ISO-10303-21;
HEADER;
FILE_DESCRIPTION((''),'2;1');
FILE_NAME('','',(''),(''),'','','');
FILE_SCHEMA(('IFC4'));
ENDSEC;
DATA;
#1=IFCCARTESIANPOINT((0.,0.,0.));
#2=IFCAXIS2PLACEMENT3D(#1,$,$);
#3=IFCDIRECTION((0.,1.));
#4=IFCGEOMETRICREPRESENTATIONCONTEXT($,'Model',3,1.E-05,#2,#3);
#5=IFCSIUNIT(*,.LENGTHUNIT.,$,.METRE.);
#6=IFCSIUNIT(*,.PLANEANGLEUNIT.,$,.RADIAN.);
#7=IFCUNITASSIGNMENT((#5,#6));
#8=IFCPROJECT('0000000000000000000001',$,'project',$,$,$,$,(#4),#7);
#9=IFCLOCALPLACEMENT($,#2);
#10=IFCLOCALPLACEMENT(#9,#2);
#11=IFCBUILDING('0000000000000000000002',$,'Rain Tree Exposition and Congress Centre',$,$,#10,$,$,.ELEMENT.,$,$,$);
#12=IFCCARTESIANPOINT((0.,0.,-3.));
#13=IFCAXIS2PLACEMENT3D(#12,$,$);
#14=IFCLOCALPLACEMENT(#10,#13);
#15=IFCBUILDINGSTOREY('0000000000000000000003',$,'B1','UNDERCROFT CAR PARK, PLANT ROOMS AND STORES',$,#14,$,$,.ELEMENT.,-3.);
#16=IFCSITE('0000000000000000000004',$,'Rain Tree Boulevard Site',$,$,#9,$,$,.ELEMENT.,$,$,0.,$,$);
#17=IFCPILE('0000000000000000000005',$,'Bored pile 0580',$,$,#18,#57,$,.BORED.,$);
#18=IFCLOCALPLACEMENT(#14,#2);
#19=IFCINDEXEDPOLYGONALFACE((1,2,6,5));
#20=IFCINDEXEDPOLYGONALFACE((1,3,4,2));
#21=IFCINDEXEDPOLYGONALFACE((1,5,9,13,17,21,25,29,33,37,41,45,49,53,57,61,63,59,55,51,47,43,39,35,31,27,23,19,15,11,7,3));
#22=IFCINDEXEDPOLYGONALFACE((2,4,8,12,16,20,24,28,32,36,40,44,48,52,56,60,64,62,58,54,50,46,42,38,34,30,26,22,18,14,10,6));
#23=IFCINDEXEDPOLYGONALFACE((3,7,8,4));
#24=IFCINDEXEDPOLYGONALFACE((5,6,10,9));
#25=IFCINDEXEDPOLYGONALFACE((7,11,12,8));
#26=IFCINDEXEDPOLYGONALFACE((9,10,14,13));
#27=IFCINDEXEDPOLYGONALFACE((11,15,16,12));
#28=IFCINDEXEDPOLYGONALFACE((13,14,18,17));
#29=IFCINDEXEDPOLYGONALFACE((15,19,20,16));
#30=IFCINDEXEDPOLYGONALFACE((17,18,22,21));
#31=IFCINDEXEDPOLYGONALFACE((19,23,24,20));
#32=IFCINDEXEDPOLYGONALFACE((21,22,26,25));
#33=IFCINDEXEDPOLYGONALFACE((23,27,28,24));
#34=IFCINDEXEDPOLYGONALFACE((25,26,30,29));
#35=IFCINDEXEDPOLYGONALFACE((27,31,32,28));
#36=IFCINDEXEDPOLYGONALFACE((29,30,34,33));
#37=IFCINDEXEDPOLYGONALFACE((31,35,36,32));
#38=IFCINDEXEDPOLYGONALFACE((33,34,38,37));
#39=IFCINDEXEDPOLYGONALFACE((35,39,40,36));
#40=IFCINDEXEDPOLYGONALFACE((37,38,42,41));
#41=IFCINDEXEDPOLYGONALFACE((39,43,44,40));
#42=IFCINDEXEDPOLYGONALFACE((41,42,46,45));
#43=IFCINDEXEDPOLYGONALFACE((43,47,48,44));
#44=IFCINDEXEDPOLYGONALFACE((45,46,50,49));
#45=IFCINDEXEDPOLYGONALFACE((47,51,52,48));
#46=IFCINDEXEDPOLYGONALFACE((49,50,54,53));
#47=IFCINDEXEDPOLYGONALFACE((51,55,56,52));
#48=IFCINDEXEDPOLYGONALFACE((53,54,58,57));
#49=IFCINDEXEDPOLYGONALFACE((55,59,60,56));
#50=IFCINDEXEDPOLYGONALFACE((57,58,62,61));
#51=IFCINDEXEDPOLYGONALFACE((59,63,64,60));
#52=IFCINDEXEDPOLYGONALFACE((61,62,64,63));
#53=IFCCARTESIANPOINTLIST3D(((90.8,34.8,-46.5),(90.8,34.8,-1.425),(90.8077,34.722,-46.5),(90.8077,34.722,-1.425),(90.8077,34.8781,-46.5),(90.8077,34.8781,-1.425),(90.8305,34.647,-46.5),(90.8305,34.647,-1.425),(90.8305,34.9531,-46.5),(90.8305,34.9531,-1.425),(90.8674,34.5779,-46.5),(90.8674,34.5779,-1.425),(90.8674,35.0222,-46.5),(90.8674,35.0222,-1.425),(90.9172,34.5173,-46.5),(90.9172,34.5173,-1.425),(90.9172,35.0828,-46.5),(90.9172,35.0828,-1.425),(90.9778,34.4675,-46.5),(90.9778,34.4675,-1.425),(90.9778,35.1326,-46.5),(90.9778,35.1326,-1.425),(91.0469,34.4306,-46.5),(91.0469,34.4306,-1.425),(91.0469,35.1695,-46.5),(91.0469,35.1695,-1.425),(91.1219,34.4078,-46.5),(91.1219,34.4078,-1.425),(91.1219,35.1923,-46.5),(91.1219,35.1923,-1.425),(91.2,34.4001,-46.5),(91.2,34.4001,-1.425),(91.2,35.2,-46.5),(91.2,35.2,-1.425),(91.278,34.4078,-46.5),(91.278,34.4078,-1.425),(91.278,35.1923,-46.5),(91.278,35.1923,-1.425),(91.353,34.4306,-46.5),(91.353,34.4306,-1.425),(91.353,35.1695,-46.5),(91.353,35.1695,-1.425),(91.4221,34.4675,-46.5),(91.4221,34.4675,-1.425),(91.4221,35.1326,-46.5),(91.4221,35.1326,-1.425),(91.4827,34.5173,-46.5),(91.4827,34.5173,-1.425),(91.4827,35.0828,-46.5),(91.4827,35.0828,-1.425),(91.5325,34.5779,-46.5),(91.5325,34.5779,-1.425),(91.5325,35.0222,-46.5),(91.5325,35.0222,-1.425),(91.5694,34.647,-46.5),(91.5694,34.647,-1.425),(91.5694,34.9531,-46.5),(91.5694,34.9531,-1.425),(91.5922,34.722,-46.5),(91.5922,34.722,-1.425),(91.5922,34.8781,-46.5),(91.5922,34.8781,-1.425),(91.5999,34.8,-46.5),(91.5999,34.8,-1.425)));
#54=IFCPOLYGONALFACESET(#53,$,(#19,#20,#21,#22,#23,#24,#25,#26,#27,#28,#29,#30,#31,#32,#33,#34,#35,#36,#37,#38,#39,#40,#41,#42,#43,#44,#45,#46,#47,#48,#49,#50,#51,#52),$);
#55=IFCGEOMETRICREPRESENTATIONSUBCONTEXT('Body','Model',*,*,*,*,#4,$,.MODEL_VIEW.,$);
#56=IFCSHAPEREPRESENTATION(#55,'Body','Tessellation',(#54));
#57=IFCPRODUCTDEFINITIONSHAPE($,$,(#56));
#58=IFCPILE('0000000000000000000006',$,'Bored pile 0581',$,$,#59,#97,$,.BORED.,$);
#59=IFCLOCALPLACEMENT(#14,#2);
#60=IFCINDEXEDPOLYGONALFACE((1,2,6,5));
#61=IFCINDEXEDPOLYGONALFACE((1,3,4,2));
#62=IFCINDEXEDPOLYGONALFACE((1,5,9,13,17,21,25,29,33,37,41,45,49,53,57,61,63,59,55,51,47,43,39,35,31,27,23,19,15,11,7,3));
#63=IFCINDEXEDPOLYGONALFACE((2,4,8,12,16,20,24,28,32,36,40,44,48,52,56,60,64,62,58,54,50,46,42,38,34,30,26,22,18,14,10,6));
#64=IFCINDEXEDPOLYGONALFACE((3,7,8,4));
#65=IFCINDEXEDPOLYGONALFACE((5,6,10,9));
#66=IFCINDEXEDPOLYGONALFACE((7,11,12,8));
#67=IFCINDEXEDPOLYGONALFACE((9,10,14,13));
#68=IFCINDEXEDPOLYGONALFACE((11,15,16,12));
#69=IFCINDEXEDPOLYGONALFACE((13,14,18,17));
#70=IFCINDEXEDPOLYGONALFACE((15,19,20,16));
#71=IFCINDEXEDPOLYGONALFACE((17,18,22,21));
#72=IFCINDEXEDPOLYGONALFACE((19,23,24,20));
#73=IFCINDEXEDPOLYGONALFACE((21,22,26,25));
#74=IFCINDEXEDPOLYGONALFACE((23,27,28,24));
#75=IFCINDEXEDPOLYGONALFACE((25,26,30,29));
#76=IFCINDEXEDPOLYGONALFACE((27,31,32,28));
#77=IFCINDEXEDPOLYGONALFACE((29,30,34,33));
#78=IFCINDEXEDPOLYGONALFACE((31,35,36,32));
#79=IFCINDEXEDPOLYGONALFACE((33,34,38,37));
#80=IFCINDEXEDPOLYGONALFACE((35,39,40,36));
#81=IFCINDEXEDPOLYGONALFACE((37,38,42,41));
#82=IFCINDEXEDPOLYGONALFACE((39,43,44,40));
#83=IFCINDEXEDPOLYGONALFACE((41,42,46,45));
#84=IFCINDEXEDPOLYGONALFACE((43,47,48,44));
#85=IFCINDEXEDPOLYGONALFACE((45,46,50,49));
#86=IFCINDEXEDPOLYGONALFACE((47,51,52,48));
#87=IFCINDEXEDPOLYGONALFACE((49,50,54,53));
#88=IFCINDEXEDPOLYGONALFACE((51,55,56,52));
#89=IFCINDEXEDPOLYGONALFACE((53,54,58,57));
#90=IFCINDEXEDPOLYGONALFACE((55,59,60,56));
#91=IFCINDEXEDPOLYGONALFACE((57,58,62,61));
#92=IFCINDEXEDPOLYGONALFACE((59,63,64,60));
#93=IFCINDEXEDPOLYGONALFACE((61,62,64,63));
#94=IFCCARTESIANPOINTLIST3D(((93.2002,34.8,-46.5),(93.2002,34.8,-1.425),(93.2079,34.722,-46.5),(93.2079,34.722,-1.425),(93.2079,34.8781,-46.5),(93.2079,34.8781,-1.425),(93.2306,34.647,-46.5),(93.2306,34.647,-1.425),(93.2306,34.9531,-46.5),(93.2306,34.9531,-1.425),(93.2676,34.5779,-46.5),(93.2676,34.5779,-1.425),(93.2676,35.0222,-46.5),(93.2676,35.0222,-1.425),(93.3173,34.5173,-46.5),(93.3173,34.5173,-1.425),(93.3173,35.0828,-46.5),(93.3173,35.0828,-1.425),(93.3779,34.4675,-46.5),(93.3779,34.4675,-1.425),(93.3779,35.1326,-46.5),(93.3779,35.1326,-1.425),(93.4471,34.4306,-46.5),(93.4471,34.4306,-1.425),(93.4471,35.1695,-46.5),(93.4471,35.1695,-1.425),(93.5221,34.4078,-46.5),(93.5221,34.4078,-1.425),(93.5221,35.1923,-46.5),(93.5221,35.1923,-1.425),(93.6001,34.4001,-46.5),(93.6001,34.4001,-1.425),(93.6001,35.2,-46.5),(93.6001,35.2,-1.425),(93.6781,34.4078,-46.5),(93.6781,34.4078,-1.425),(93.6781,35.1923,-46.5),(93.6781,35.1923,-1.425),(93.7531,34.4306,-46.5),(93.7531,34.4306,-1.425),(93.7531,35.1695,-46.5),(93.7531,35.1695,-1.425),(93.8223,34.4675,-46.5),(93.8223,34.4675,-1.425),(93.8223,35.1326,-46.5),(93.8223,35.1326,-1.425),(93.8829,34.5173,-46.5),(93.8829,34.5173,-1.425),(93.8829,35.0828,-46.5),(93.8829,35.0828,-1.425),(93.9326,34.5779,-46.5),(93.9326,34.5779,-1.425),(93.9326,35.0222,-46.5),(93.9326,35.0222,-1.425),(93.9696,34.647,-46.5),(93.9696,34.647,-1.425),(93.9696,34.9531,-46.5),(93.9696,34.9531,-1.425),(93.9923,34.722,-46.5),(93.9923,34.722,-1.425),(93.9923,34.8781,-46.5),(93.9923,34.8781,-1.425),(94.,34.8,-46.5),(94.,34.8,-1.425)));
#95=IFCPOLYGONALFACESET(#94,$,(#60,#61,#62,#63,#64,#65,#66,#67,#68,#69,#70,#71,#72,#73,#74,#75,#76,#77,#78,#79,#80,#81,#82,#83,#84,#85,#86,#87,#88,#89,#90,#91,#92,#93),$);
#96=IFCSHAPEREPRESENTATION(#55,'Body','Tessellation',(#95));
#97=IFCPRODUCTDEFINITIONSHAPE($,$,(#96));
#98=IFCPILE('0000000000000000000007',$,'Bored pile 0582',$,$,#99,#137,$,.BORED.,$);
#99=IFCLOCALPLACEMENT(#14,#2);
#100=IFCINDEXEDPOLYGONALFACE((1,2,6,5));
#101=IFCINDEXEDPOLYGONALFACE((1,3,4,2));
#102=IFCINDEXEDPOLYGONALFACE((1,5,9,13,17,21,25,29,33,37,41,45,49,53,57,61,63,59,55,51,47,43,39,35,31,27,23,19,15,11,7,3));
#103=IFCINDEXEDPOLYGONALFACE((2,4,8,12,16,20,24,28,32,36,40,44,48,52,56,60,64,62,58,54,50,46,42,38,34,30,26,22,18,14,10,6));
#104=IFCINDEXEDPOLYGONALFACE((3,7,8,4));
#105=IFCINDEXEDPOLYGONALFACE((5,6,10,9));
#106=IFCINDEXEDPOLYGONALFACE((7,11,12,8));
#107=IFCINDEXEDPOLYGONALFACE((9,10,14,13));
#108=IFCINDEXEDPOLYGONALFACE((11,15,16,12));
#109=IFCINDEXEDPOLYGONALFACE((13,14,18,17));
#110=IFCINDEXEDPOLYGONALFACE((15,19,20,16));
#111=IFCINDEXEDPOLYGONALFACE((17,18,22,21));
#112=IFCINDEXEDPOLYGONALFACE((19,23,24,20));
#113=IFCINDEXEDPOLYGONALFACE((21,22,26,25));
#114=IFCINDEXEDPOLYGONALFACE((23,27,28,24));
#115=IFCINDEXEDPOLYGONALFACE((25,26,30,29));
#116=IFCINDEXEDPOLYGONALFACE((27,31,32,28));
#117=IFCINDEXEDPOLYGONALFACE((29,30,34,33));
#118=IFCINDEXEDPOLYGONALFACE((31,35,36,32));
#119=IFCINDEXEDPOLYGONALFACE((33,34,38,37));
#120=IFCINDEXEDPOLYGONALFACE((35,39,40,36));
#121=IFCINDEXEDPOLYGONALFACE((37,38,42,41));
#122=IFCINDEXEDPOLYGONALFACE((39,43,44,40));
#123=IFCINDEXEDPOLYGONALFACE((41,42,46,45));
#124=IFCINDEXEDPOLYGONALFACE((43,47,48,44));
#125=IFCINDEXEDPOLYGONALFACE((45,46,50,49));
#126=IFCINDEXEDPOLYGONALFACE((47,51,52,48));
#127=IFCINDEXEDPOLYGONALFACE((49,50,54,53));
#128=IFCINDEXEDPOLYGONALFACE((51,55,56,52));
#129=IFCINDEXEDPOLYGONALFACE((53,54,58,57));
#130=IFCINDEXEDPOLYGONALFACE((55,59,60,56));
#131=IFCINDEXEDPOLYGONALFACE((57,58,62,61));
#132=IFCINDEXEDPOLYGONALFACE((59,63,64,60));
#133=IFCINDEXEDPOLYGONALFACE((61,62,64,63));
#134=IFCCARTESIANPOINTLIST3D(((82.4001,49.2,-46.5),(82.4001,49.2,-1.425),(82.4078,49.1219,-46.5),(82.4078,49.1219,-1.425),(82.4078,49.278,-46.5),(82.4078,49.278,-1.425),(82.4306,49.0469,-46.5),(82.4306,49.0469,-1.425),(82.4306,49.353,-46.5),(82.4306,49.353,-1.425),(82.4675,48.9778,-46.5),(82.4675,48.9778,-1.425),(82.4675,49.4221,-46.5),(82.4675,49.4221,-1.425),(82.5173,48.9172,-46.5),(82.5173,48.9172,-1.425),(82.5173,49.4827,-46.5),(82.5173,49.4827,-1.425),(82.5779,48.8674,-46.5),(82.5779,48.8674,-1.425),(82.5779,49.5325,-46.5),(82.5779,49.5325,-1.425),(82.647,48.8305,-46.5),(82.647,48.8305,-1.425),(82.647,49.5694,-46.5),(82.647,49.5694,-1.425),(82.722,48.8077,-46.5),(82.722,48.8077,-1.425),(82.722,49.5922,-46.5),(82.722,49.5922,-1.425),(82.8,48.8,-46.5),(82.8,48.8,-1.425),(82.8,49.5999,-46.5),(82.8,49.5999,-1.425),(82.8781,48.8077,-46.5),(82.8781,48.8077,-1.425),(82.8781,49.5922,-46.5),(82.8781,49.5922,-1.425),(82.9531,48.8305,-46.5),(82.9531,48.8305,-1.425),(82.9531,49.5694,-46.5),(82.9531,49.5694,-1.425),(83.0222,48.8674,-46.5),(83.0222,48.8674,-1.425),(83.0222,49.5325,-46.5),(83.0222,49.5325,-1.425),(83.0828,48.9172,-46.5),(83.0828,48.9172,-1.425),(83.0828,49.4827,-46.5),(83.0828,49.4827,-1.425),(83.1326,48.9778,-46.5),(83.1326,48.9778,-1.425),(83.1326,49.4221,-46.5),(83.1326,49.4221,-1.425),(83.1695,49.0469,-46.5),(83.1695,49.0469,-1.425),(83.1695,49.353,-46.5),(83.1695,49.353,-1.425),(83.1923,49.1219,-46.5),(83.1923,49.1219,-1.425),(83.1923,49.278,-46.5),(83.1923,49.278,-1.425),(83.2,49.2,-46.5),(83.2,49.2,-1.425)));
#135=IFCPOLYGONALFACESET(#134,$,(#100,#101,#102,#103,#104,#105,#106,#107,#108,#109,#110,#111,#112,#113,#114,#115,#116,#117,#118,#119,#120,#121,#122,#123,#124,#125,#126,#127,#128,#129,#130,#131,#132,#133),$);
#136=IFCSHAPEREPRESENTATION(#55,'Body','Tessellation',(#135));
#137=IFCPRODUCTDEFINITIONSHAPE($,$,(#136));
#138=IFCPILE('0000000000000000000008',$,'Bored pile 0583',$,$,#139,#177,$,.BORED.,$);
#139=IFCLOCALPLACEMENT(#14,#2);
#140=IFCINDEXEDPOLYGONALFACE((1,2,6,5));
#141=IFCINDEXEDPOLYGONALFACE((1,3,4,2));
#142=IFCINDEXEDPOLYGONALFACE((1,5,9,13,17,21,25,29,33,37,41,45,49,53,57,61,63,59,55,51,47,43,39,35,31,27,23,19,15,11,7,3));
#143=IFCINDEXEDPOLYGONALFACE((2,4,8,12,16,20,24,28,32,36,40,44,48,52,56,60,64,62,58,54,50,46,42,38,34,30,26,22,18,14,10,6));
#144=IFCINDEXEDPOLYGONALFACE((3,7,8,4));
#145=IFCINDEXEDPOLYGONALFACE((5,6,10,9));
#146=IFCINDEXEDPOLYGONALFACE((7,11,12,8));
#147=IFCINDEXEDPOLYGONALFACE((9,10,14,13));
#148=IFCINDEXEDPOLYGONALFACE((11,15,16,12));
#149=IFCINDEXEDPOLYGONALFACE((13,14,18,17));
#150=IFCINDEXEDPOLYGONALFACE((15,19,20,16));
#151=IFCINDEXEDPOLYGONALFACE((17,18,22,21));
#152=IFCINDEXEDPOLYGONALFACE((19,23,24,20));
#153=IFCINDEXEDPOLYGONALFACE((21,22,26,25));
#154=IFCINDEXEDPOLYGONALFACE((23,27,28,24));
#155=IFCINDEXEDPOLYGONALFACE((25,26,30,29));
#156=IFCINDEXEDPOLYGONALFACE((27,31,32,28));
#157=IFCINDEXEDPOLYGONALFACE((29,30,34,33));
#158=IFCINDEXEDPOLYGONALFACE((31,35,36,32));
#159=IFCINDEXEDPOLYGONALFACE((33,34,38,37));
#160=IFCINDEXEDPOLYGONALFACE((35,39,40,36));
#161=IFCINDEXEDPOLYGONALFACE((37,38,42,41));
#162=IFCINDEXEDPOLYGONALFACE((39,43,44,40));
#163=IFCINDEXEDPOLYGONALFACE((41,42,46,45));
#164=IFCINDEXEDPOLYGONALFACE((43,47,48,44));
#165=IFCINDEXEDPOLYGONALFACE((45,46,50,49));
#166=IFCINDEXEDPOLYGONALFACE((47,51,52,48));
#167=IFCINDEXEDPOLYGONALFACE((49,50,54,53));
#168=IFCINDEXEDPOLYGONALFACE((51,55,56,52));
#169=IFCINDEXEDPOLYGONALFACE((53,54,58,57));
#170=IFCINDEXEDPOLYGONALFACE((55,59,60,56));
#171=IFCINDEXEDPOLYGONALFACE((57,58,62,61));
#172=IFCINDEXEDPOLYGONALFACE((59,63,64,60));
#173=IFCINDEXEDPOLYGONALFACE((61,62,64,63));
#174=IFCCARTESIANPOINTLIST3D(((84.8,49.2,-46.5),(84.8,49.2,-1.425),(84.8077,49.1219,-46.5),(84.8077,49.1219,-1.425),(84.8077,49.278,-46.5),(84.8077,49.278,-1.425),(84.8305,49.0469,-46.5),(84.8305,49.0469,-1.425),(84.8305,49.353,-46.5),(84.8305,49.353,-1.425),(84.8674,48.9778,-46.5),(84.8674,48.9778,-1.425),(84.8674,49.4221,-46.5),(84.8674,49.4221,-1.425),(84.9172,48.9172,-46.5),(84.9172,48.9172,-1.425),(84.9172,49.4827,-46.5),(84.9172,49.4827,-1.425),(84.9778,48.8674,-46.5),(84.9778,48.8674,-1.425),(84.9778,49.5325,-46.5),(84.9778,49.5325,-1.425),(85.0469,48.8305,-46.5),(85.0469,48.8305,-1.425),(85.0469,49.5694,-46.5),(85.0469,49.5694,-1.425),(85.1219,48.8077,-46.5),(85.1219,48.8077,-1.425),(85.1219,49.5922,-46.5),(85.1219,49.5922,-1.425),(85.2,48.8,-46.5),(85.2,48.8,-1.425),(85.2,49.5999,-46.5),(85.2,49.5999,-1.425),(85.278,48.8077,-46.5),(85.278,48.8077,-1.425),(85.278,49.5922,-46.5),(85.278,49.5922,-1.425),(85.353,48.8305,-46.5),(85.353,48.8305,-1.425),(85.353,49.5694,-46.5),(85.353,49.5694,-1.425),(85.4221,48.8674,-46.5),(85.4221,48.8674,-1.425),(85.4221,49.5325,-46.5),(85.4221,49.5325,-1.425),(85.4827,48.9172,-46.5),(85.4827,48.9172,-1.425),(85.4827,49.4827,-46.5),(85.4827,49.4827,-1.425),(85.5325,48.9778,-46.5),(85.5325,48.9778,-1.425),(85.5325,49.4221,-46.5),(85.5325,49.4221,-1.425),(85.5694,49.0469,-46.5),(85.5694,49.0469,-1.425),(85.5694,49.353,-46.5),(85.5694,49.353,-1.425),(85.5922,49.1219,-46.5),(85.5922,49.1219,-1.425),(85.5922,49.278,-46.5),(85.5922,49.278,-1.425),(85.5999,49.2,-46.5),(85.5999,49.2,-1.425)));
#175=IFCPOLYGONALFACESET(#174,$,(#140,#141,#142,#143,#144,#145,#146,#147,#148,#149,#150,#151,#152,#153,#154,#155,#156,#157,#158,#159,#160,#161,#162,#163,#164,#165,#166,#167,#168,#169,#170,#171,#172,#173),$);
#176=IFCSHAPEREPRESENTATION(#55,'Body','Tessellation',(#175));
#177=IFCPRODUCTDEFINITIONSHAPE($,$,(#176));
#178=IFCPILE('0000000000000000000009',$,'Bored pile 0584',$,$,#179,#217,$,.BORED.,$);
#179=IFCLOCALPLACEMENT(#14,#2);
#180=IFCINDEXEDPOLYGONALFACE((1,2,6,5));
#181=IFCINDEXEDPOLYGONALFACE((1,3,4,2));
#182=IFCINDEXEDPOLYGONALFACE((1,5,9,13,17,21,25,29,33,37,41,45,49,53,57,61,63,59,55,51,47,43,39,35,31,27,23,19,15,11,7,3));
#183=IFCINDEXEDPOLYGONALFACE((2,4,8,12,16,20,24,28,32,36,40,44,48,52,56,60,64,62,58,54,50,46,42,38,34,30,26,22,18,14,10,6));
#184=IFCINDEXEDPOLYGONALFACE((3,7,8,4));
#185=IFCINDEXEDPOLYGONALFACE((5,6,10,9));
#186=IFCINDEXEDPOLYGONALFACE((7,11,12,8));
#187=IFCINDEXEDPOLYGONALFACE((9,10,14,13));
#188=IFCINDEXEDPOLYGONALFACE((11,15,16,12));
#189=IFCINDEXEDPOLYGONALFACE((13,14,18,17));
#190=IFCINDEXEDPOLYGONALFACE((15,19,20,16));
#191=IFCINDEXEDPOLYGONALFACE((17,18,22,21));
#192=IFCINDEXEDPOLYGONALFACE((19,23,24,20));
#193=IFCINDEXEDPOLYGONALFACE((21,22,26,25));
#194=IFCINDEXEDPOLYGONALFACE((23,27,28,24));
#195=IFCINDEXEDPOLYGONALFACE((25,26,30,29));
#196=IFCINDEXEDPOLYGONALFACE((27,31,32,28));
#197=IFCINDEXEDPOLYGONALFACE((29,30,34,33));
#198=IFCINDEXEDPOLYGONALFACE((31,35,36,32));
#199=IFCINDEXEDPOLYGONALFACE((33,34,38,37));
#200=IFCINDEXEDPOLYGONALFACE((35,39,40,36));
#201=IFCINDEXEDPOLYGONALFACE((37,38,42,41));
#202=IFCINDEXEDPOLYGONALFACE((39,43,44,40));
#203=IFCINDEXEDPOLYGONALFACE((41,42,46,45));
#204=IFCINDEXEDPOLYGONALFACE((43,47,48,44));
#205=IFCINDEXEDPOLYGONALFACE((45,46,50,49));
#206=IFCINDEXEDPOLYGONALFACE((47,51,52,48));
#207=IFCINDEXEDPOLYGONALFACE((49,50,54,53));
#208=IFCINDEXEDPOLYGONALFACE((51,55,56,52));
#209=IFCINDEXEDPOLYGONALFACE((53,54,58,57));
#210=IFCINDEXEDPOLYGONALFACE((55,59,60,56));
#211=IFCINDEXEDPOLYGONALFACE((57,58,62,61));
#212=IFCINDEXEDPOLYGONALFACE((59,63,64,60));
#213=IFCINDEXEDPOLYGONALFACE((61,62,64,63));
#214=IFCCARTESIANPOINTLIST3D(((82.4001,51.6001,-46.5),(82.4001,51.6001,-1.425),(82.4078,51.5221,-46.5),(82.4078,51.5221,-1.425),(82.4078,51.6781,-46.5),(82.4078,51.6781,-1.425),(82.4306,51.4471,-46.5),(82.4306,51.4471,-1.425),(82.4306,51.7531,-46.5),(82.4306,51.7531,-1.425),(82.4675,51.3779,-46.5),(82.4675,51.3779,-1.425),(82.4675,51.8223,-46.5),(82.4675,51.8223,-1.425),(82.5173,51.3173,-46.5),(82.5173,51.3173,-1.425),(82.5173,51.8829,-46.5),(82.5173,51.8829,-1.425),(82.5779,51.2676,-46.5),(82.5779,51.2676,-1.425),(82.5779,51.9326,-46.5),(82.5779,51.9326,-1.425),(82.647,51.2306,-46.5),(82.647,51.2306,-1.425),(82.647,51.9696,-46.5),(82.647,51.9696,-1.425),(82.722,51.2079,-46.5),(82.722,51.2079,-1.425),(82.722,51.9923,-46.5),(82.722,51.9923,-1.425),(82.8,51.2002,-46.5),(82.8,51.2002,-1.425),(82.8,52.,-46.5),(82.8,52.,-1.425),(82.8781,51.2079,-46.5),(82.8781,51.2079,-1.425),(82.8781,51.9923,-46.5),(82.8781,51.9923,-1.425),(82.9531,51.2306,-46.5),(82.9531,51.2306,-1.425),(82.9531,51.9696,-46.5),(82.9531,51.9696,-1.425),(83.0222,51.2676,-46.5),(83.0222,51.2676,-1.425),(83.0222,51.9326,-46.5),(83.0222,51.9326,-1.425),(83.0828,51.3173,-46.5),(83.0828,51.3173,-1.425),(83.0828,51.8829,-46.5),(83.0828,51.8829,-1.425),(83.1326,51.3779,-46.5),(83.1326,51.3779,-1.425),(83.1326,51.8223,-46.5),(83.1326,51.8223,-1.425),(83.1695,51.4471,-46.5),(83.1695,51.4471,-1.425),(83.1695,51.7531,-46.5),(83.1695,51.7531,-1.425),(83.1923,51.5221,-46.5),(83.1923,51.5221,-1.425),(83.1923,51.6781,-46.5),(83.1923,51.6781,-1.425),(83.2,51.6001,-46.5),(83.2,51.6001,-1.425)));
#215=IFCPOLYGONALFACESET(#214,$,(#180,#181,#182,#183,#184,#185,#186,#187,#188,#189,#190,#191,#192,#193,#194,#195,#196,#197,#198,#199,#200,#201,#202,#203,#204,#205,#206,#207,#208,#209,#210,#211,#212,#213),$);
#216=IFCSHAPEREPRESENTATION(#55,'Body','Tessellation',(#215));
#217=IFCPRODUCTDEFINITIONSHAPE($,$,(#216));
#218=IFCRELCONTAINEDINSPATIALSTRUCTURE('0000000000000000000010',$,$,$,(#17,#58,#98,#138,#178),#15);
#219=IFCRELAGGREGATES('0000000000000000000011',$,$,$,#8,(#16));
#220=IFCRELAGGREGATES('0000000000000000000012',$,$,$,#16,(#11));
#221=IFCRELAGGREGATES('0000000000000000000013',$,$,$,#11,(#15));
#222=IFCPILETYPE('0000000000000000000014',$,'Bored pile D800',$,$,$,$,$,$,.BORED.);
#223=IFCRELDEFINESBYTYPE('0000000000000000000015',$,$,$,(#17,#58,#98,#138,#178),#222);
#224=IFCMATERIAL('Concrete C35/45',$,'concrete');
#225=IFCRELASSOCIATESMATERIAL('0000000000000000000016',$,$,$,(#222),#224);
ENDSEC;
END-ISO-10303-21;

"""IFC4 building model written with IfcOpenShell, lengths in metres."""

from ifc_helpers import new_model, si_unit, direction, frame, origin, origin_2d, place, context, subcontext, project, spatial, circle, extrude, material, material_profile, profile_set, type_object, element, save


model = new_model("IFC4")

# Units and contexts
model_context = context("Model", 3, precision=1e-05, world=origin(), true_north=direction((0.0, 1.0)))
body_context = subcontext(model_context, "Body", "Model", "MODEL_VIEW")
ifc_project = project(units=[si_unit("LENGTHUNIT", "METRE"), si_unit("PLANEANGLEUNIT", "RADIAN")], contexts=[model_context])

# Site, building, storey
site_placement = place(None, origin())
site = spatial("IfcSite", under=ifc_project, at=site_placement, Name="Rain Tree Boulevard Site", CompositionType="ELEMENT", RefElevation=0.0)
building_placement = place(site_placement, origin())
building = spatial("IfcBuilding", under=site, at=building_placement, Name="Rain Tree Exposition and Congress Centre", CompositionType="ELEMENT")
storey_placement = place(building_placement, frame((0.0, 0.0, -3.0)))
storey = spatial("IfcBuildingStorey", under=building, at=storey_placement, Name="B1", Description="UNDERCROFT CAR PARK, PLANT ROOMS AND STORES", CompositionType="ELEMENT", Elevation=-3.0)

# Piles
ifc_material_1 = material(Name="Concrete C35/45", Category="concrete")
ifc_material_profile_1 = material_profile(ifc_material_1, circle(Radius=0.3999, at=origin_2d()), Name="D800")
ifc_profile_set_1 = profile_set([ifc_material_profile_1], Name="Concrete C35/45")
pile_type = type_object("IfcPileType", Name="Bored pile D800", PredefinedType="BORED", material=ifc_profile_set_1)
for number, where, z_axis, x_axis, name in (
    (1, (91.2, 34.8, -1.425), (0.0, 0.0, -1.0), (1.0, 0.0, 0.0), "Bored pile 0580"),
    (2, (93.6001, 34.8, -1.425), (0.0, 0.0, -1.0), (1.0, 0.0, 0.0), "Bored pile 0581"),
    (3, (82.8, 49.2, -1.425), (0.0, 0.0, -1.0), (1.0, 0.0, 0.0), "Bored pile 0582"),
    (4, (85.2, 49.2, -1.425), (0.0, 0.0, -1.0), (1.0, 0.0, 0.0), "Bored pile 0583"),
    (5, (82.8, 51.6001, -1.425), (0.0, 0.0, -1.0), (1.0, 0.0, 0.0), "Bored pile 0584"),
):
    element("IfcPile", number, at=place(storey_placement, frame(where, z_axis=z_axis, x_axis=x_axis)), inside=storey, type_object=pile_type, Name=name, PredefinedType="BORED", context=body_context, shape_type="SweptSolid", body=[
        extrude(circle(Radius=0.3999, at=origin_2d()), origin(), (0.0, 0.0, 1.0), 45.075),
    ])

save(model, "model.ifc")
